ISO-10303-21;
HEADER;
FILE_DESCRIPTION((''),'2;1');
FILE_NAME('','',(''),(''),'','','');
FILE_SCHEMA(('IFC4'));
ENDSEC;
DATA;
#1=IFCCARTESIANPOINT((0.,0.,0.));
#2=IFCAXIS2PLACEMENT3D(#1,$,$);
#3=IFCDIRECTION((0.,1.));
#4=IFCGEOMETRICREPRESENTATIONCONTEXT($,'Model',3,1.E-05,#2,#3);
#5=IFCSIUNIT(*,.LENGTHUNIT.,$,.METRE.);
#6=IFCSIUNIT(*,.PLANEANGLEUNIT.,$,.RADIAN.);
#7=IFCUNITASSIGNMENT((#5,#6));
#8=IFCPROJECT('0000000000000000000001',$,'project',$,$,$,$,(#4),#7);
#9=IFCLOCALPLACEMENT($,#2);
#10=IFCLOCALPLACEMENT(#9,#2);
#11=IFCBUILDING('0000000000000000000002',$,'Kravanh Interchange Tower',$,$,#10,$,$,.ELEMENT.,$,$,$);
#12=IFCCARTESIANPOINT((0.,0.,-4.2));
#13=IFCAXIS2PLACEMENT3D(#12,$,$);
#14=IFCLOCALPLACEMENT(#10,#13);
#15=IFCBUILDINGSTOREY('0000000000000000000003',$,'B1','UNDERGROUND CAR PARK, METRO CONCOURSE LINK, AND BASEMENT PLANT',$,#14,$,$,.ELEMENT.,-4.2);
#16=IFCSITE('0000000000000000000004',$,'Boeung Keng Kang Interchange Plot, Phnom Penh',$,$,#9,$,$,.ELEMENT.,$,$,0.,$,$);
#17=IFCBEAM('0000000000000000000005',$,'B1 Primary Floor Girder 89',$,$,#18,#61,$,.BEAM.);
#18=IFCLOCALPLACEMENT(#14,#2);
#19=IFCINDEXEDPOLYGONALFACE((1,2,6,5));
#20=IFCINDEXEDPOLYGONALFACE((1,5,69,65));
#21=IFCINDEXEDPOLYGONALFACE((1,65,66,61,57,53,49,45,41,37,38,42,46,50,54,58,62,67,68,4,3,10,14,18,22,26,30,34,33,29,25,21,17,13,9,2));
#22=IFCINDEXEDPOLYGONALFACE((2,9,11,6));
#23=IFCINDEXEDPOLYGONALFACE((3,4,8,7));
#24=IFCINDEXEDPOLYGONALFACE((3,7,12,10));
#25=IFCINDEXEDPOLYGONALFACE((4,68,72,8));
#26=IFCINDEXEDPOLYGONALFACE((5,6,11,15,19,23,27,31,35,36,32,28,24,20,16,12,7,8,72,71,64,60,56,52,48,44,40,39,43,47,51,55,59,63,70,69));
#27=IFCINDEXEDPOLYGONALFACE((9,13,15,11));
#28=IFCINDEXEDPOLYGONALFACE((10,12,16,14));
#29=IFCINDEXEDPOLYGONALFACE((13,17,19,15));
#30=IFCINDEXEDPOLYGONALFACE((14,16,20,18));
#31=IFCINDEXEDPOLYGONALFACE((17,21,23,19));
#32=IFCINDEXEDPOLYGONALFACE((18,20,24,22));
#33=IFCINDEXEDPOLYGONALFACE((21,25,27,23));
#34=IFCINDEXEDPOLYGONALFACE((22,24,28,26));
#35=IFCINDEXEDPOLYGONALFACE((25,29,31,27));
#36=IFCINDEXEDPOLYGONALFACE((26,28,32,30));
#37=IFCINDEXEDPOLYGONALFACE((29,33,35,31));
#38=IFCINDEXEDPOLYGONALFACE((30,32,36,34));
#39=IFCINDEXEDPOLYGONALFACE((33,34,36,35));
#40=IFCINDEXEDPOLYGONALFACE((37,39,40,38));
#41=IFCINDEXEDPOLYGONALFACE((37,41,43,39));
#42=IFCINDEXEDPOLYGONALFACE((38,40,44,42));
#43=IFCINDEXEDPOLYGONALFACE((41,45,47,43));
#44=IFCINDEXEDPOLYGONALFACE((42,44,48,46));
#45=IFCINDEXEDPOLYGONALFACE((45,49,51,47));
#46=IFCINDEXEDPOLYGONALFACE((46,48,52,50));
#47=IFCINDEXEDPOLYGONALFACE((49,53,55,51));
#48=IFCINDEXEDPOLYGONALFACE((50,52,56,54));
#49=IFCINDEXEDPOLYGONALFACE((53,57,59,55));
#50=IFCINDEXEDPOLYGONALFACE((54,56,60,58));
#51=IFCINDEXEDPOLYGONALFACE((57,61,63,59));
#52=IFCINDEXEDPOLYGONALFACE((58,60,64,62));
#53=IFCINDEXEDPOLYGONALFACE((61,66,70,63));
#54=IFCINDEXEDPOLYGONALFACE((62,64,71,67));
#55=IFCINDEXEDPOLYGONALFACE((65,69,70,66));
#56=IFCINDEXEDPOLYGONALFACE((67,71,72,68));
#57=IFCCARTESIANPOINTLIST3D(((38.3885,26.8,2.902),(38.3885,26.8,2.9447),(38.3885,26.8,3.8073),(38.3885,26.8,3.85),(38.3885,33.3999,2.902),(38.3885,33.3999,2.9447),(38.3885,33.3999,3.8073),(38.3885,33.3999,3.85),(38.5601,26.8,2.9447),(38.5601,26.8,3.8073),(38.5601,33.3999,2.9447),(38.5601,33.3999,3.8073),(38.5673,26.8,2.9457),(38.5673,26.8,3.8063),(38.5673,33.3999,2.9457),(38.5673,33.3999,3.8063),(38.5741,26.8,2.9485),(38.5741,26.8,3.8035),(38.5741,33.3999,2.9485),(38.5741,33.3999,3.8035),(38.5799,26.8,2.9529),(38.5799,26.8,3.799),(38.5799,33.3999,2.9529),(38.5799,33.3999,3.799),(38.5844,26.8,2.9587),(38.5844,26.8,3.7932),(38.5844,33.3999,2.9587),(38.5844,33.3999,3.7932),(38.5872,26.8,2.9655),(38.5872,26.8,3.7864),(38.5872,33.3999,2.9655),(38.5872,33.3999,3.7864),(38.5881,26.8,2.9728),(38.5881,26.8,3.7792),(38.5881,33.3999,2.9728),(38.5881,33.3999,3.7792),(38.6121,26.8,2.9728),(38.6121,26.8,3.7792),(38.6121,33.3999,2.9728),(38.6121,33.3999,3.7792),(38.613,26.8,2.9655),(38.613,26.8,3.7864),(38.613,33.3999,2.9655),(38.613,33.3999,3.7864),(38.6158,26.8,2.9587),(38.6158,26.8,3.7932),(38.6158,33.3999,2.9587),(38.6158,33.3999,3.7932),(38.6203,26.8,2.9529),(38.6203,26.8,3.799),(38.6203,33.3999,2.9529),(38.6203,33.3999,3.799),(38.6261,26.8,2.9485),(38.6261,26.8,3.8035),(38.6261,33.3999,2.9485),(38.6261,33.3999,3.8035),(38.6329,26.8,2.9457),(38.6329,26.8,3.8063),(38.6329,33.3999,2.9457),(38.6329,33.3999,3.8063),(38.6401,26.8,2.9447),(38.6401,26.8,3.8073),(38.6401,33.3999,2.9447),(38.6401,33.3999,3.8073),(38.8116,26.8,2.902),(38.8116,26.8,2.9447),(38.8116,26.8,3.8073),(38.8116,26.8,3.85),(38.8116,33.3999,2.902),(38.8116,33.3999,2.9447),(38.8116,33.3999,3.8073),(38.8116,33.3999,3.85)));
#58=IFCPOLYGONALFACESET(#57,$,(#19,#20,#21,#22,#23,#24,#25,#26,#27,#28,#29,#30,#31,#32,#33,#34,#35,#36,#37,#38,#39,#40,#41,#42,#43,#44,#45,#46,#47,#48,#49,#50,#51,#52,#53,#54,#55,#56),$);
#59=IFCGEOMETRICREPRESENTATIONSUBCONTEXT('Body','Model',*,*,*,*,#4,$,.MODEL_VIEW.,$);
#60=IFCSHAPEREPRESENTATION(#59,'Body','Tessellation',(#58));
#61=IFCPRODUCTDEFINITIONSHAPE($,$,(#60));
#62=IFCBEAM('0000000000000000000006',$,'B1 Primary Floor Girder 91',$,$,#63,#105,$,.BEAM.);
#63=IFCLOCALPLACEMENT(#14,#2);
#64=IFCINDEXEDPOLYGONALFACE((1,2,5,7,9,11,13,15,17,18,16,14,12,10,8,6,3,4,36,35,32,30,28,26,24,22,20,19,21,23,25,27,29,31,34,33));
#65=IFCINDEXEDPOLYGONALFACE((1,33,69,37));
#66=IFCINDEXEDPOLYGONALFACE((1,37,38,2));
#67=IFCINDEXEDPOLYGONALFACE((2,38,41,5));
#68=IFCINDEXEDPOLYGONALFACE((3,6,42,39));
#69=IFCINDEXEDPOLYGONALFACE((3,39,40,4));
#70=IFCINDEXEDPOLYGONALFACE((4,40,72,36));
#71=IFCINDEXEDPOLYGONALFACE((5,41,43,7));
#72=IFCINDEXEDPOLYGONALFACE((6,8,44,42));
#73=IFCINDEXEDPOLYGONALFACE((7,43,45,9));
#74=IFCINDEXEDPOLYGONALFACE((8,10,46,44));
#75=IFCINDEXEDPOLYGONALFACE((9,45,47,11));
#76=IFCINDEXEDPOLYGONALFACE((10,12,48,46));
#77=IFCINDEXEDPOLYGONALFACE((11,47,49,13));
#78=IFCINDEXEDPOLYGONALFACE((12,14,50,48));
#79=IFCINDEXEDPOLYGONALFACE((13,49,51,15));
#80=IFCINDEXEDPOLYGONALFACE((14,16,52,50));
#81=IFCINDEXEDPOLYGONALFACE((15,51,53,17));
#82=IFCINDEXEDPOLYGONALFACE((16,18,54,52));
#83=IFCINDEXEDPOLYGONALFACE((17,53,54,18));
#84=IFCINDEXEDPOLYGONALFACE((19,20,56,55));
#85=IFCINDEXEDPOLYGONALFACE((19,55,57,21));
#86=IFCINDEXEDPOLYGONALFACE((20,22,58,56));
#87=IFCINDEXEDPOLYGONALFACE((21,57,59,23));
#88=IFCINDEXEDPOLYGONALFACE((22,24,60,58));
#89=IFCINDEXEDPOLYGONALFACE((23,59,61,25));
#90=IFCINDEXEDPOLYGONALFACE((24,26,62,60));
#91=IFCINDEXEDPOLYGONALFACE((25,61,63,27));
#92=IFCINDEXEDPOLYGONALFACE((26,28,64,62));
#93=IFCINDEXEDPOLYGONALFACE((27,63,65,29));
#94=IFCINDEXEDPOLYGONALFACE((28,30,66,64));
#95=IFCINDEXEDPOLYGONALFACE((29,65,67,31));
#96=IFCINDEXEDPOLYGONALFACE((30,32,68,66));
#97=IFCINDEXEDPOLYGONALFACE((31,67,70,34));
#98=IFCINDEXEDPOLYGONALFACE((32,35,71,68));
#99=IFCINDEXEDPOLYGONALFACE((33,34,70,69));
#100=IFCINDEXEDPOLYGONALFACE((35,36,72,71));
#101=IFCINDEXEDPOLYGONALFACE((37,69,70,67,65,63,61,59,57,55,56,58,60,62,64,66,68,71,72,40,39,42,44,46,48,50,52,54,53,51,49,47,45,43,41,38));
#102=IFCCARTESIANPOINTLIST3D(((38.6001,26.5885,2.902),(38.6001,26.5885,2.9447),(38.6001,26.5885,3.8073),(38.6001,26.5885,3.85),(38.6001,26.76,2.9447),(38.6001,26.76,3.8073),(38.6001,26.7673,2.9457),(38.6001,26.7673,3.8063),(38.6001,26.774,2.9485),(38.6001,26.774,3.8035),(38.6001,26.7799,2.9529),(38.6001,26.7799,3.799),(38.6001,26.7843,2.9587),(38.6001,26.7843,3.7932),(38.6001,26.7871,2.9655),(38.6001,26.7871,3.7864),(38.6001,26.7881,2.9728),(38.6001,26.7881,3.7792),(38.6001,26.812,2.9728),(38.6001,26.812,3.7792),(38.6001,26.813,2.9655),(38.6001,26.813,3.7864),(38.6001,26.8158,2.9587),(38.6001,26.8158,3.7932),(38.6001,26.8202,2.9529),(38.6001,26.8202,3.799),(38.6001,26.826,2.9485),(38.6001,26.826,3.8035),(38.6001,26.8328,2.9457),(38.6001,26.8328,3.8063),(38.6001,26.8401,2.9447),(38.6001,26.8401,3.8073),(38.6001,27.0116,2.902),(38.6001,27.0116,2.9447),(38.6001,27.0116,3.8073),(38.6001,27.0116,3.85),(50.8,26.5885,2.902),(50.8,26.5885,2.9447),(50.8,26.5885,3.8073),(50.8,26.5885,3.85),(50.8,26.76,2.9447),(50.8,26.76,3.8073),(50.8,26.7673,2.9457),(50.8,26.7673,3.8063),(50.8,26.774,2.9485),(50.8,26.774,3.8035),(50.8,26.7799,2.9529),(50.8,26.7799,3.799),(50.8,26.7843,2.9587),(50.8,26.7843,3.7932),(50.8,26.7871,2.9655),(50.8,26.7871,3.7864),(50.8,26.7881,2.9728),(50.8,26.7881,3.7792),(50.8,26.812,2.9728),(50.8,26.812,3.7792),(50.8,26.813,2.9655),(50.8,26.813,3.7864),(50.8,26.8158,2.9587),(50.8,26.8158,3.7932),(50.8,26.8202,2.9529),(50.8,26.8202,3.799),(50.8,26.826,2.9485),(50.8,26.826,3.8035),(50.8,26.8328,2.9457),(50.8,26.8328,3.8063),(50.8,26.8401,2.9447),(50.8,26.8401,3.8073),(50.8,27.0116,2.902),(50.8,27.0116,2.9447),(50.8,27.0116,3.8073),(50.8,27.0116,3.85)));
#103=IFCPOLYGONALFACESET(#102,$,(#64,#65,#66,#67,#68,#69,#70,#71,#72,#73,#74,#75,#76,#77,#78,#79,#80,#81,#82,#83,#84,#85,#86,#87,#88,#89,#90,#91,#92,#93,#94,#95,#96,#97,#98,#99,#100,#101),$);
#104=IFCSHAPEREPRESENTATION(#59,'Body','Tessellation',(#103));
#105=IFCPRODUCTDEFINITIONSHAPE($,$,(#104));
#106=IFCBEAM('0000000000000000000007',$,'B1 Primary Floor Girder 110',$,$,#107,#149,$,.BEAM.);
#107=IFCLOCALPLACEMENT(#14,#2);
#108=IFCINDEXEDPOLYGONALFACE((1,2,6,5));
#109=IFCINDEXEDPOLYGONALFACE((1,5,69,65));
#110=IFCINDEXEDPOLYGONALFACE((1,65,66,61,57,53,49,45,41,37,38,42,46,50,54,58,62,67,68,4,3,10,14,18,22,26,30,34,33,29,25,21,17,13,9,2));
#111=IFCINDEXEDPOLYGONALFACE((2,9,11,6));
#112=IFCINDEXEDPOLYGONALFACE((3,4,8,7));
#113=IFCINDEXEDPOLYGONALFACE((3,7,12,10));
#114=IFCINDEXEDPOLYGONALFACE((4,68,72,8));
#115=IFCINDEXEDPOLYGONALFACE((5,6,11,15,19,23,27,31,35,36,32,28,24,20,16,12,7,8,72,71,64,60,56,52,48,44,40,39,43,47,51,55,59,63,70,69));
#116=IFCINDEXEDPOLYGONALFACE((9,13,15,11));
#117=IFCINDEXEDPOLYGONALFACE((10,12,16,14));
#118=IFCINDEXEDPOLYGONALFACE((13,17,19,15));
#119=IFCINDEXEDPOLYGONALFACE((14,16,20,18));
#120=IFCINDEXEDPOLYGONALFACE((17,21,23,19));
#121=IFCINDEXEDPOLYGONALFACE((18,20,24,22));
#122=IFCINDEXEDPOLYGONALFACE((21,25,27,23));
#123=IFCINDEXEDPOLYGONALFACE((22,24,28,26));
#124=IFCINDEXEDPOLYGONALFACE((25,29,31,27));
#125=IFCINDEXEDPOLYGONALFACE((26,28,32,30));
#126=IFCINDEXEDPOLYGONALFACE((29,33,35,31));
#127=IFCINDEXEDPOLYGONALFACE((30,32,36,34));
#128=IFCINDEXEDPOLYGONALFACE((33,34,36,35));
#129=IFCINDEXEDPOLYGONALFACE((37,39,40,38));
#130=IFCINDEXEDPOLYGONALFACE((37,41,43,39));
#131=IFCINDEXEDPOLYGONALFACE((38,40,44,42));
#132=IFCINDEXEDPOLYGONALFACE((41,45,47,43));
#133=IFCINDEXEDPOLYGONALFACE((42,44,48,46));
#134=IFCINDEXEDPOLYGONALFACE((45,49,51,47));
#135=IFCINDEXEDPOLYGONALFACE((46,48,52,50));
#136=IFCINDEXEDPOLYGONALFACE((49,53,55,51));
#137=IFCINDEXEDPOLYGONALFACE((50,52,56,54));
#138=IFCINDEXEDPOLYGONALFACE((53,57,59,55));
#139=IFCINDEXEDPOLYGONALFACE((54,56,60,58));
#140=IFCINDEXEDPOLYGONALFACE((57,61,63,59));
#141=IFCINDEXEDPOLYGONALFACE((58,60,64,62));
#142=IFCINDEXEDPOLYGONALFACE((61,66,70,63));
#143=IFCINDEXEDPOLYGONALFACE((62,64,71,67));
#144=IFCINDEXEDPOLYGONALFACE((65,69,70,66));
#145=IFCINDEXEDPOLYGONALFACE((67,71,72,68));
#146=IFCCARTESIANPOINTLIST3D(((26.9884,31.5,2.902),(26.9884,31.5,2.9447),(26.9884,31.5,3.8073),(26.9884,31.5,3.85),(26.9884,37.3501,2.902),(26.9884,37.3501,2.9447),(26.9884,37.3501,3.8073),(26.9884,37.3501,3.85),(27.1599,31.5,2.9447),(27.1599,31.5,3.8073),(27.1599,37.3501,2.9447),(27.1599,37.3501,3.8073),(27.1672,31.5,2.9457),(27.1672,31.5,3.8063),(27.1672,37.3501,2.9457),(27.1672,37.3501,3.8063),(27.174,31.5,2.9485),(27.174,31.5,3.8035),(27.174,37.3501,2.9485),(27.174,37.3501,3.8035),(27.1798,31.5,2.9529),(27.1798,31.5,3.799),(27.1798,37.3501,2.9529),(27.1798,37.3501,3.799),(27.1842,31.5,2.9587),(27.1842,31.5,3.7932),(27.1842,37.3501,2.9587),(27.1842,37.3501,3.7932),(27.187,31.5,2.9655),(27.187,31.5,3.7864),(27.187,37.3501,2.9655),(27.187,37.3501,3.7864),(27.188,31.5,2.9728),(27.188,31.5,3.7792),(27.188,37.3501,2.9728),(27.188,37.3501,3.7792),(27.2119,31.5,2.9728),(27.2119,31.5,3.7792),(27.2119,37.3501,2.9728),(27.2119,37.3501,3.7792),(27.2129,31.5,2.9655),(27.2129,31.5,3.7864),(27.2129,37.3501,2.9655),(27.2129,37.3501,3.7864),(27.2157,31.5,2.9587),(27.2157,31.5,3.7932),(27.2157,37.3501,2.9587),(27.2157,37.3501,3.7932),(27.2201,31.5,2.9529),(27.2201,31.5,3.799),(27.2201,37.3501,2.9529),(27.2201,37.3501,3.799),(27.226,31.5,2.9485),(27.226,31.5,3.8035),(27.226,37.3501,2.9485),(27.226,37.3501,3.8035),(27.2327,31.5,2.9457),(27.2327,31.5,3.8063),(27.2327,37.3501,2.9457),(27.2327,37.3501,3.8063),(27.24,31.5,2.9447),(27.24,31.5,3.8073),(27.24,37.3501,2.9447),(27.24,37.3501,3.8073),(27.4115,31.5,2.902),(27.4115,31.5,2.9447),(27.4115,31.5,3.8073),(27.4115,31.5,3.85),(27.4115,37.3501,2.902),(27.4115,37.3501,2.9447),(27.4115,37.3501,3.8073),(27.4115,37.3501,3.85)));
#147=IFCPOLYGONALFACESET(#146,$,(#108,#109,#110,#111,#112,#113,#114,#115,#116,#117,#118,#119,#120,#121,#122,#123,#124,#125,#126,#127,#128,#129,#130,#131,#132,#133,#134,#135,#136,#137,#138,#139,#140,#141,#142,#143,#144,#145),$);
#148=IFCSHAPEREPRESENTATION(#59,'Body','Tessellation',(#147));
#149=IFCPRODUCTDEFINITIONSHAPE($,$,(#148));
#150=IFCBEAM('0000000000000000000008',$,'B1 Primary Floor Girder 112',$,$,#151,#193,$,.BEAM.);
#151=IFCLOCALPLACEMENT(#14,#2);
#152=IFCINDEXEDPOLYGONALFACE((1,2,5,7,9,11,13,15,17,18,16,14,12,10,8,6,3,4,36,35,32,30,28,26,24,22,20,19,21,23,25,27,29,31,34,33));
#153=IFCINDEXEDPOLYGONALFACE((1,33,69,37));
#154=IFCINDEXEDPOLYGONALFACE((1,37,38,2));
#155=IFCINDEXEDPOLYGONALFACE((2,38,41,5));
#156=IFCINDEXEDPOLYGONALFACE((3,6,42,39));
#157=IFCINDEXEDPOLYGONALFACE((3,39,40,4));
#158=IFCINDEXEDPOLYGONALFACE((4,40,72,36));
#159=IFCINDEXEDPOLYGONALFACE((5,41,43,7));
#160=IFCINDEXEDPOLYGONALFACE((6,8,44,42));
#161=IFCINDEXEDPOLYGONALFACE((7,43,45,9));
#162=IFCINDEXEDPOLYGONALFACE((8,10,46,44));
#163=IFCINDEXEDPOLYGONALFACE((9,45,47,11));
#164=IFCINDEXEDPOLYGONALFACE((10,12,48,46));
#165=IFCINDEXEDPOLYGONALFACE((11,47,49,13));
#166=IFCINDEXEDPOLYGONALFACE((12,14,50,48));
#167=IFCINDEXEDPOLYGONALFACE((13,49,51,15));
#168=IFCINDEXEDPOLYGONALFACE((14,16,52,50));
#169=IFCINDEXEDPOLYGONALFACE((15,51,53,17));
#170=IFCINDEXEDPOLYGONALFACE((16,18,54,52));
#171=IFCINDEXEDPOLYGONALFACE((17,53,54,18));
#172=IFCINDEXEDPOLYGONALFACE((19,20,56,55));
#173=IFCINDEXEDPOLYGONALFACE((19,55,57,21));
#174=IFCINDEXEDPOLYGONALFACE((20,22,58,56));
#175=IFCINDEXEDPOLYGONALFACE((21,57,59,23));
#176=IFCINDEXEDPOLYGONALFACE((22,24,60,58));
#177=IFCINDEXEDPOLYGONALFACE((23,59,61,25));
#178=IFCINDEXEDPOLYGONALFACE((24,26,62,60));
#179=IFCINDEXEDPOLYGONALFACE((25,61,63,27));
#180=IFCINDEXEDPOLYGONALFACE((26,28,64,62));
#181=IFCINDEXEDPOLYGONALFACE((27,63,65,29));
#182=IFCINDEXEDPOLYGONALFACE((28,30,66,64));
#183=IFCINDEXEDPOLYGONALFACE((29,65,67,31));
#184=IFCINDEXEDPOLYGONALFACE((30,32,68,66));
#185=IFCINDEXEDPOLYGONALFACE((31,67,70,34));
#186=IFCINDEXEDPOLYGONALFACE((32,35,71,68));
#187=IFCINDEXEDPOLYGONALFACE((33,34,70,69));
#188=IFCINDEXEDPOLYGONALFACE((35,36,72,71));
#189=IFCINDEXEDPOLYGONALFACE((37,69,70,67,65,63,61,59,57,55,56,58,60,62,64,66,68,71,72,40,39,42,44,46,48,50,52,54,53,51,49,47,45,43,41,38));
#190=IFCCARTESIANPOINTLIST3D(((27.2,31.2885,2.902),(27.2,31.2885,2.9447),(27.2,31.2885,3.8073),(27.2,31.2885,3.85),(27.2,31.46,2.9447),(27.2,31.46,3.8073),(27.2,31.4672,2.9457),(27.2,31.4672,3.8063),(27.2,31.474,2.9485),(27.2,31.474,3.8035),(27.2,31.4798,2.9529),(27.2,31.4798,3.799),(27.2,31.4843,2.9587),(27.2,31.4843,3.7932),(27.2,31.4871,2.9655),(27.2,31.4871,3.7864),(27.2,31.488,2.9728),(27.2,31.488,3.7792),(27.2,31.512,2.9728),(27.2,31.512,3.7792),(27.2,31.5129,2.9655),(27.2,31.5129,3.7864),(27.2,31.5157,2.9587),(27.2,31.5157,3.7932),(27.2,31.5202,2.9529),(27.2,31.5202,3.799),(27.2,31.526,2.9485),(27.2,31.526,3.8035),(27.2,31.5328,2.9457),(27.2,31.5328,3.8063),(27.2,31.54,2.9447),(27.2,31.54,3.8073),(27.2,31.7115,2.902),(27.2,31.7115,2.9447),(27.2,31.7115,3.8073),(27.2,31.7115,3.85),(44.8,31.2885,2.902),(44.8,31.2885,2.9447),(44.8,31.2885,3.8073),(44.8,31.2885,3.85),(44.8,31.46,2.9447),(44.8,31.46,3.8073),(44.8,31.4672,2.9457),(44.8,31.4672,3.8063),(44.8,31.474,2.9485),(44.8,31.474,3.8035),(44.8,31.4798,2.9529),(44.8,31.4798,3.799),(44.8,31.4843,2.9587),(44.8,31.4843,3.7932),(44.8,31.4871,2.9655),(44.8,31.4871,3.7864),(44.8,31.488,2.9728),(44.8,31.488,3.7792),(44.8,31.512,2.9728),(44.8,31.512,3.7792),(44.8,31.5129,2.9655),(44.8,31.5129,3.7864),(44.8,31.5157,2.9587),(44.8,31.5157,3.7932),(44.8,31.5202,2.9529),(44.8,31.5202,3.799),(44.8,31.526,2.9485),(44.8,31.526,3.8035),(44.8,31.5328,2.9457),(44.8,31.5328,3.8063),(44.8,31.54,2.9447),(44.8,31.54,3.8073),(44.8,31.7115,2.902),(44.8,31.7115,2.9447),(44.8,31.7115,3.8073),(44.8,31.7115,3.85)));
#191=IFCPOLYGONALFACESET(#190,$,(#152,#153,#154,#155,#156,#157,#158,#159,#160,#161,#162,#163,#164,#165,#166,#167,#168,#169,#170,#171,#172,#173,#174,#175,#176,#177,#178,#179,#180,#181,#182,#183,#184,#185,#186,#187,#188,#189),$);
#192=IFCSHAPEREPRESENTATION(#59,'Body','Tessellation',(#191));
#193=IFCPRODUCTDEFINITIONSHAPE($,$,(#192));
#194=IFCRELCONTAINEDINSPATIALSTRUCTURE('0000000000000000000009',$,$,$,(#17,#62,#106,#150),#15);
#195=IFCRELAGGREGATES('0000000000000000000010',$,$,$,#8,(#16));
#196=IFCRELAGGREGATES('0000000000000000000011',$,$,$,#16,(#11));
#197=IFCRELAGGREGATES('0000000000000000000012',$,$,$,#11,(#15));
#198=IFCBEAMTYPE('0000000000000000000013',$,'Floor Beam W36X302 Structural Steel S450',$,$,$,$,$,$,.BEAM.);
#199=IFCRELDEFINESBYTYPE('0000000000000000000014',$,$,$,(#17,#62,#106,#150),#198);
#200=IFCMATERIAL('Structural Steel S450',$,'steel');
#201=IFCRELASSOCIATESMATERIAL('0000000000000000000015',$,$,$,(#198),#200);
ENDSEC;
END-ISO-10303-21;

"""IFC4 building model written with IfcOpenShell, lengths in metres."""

from ifc_helpers import new_model, si_unit, direction, frame, origin, origin_2d, place, context, subcontext, project, spatial, i_section, extrude, material, material_profile, profile_set, type_object, element, save


model = new_model("IFC4")

# Units and contexts
model_context = context("Model", 3, precision=1e-05, world=origin(), true_north=direction((0.0, 1.0)))
body_context = subcontext(model_context, "Body", "Model", "MODEL_VIEW")
ifc_project = project(units=[si_unit("LENGTHUNIT", "METRE"), si_unit("PLANEANGLEUNIT", "RADIAN")], contexts=[model_context])

# Site, building, storey
site_placement = place(None, origin())
site = spatial("IfcSite", under=ifc_project, at=site_placement, Name="Boeung Keng Kang Interchange Plot, Phnom Penh", CompositionType="ELEMENT", RefElevation=0.0)
building_placement = place(site_placement, origin())
building = spatial("IfcBuilding", under=site, at=building_placement, Name="Kravanh Interchange Tower", CompositionType="ELEMENT")
storey_placement = place(building_placement, frame((0.0, 0.0, -4.2)))
storey = spatial("IfcBuildingStorey", under=building, at=storey_placement, Name="B1", Description="UNDERGROUND CAR PARK, METRO CONCOURSE LINK, AND BASEMENT PLANT", CompositionType="ELEMENT", Elevation=-4.2)

# Beams
ifc_material_1 = material(Name="Structural Steel S450", Category="steel")
ifc_material_profile_1 = material_profile(ifc_material_1, i_section(OverallWidth=0.4231, OverallDepth=0.948, WebThickness=0.0239, FlangeThickness=0.0427, FilletRadius=0.0281, at=origin_2d()), Name="W36X302")
ifc_profile_set_1 = profile_set([ifc_material_profile_1], Name="Structural Steel S450")
beam_type_1 = type_object("IfcBeamType", Name="Floor Beam W36X302 Structural Steel S450", PredefinedType="BEAM", material=ifc_profile_set_1)
beam_1_placement = place(storey_placement, frame((38.6001, 26.8, 3.376), z_axis=(0.0, 1.0, 0.0), x_axis=(-1.0, 0.0, 0.0)))
element("IfcBeam", 1, at=beam_1_placement, inside=storey, type_object=beam_type_1, Name="B1 Primary Floor Girder 89", PredefinedType="BEAM", context=body_context, shape_type="SweptSolid", body=[
    extrude(i_section(OverallWidth=0.4231, OverallDepth=0.948, WebThickness=0.0239, FlangeThickness=0.0427, FilletRadius=0.0281, at=origin_2d()), origin(), (0.0, 0.0, 1.0), 6.5999),
])
beam_2_placement = place(storey_placement, frame((38.6001, 26.8, 3.376), z_axis=(1.0, 0.0, 0.0), x_axis=(0.0, 1.0, 0.0)))
element("IfcBeam", 2, at=beam_2_placement, inside=storey, type_object=beam_type_1, Name="B1 Primary Floor Girder 91", PredefinedType="BEAM", context=body_context, shape_type="SweptSolid", body=[
    extrude(i_section(OverallWidth=0.4231, OverallDepth=0.948, WebThickness=0.0239, FlangeThickness=0.0427, FilletRadius=0.0281, at=origin_2d()), origin(), (0.0, 0.0, 1.0), 12.2),
])
beam_3_placement = place(storey_placement, frame((27.2, 31.5, 3.376), z_axis=(0.0, 1.0, 0.0), x_axis=(-1.0, 0.0, 0.0)))
element("IfcBeam", 3, at=beam_3_placement, inside=storey, type_object=beam_type_1, Name="B1 Primary Floor Girder 110", PredefinedType="BEAM", context=body_context, shape_type="SweptSolid", body=[
    extrude(i_section(OverallWidth=0.4231, OverallDepth=0.948, WebThickness=0.0239, FlangeThickness=0.0427, FilletRadius=0.0281, at=origin_2d()), origin(), (0.0, 0.0, 1.0), 5.8501),
])
beam_4_placement = place(storey_placement, frame((27.2, 31.5, 3.376), z_axis=(1.0, 0.0, 0.0), x_axis=(0.0, 1.0, 0.0)))
element("IfcBeam", 4, at=beam_4_placement, inside=storey, type_object=beam_type_1, Name="B1 Primary Floor Girder 112", PredefinedType="BEAM", context=body_context, shape_type="SweptSolid", body=[
    extrude(i_section(OverallWidth=0.4231, OverallDepth=0.948, WebThickness=0.0239, FlangeThickness=0.0427, FilletRadius=0.0281, at=origin_2d()), origin(), (0.0, 0.0, 1.0), 17.6001),
])

save(model, "model.ifc")
